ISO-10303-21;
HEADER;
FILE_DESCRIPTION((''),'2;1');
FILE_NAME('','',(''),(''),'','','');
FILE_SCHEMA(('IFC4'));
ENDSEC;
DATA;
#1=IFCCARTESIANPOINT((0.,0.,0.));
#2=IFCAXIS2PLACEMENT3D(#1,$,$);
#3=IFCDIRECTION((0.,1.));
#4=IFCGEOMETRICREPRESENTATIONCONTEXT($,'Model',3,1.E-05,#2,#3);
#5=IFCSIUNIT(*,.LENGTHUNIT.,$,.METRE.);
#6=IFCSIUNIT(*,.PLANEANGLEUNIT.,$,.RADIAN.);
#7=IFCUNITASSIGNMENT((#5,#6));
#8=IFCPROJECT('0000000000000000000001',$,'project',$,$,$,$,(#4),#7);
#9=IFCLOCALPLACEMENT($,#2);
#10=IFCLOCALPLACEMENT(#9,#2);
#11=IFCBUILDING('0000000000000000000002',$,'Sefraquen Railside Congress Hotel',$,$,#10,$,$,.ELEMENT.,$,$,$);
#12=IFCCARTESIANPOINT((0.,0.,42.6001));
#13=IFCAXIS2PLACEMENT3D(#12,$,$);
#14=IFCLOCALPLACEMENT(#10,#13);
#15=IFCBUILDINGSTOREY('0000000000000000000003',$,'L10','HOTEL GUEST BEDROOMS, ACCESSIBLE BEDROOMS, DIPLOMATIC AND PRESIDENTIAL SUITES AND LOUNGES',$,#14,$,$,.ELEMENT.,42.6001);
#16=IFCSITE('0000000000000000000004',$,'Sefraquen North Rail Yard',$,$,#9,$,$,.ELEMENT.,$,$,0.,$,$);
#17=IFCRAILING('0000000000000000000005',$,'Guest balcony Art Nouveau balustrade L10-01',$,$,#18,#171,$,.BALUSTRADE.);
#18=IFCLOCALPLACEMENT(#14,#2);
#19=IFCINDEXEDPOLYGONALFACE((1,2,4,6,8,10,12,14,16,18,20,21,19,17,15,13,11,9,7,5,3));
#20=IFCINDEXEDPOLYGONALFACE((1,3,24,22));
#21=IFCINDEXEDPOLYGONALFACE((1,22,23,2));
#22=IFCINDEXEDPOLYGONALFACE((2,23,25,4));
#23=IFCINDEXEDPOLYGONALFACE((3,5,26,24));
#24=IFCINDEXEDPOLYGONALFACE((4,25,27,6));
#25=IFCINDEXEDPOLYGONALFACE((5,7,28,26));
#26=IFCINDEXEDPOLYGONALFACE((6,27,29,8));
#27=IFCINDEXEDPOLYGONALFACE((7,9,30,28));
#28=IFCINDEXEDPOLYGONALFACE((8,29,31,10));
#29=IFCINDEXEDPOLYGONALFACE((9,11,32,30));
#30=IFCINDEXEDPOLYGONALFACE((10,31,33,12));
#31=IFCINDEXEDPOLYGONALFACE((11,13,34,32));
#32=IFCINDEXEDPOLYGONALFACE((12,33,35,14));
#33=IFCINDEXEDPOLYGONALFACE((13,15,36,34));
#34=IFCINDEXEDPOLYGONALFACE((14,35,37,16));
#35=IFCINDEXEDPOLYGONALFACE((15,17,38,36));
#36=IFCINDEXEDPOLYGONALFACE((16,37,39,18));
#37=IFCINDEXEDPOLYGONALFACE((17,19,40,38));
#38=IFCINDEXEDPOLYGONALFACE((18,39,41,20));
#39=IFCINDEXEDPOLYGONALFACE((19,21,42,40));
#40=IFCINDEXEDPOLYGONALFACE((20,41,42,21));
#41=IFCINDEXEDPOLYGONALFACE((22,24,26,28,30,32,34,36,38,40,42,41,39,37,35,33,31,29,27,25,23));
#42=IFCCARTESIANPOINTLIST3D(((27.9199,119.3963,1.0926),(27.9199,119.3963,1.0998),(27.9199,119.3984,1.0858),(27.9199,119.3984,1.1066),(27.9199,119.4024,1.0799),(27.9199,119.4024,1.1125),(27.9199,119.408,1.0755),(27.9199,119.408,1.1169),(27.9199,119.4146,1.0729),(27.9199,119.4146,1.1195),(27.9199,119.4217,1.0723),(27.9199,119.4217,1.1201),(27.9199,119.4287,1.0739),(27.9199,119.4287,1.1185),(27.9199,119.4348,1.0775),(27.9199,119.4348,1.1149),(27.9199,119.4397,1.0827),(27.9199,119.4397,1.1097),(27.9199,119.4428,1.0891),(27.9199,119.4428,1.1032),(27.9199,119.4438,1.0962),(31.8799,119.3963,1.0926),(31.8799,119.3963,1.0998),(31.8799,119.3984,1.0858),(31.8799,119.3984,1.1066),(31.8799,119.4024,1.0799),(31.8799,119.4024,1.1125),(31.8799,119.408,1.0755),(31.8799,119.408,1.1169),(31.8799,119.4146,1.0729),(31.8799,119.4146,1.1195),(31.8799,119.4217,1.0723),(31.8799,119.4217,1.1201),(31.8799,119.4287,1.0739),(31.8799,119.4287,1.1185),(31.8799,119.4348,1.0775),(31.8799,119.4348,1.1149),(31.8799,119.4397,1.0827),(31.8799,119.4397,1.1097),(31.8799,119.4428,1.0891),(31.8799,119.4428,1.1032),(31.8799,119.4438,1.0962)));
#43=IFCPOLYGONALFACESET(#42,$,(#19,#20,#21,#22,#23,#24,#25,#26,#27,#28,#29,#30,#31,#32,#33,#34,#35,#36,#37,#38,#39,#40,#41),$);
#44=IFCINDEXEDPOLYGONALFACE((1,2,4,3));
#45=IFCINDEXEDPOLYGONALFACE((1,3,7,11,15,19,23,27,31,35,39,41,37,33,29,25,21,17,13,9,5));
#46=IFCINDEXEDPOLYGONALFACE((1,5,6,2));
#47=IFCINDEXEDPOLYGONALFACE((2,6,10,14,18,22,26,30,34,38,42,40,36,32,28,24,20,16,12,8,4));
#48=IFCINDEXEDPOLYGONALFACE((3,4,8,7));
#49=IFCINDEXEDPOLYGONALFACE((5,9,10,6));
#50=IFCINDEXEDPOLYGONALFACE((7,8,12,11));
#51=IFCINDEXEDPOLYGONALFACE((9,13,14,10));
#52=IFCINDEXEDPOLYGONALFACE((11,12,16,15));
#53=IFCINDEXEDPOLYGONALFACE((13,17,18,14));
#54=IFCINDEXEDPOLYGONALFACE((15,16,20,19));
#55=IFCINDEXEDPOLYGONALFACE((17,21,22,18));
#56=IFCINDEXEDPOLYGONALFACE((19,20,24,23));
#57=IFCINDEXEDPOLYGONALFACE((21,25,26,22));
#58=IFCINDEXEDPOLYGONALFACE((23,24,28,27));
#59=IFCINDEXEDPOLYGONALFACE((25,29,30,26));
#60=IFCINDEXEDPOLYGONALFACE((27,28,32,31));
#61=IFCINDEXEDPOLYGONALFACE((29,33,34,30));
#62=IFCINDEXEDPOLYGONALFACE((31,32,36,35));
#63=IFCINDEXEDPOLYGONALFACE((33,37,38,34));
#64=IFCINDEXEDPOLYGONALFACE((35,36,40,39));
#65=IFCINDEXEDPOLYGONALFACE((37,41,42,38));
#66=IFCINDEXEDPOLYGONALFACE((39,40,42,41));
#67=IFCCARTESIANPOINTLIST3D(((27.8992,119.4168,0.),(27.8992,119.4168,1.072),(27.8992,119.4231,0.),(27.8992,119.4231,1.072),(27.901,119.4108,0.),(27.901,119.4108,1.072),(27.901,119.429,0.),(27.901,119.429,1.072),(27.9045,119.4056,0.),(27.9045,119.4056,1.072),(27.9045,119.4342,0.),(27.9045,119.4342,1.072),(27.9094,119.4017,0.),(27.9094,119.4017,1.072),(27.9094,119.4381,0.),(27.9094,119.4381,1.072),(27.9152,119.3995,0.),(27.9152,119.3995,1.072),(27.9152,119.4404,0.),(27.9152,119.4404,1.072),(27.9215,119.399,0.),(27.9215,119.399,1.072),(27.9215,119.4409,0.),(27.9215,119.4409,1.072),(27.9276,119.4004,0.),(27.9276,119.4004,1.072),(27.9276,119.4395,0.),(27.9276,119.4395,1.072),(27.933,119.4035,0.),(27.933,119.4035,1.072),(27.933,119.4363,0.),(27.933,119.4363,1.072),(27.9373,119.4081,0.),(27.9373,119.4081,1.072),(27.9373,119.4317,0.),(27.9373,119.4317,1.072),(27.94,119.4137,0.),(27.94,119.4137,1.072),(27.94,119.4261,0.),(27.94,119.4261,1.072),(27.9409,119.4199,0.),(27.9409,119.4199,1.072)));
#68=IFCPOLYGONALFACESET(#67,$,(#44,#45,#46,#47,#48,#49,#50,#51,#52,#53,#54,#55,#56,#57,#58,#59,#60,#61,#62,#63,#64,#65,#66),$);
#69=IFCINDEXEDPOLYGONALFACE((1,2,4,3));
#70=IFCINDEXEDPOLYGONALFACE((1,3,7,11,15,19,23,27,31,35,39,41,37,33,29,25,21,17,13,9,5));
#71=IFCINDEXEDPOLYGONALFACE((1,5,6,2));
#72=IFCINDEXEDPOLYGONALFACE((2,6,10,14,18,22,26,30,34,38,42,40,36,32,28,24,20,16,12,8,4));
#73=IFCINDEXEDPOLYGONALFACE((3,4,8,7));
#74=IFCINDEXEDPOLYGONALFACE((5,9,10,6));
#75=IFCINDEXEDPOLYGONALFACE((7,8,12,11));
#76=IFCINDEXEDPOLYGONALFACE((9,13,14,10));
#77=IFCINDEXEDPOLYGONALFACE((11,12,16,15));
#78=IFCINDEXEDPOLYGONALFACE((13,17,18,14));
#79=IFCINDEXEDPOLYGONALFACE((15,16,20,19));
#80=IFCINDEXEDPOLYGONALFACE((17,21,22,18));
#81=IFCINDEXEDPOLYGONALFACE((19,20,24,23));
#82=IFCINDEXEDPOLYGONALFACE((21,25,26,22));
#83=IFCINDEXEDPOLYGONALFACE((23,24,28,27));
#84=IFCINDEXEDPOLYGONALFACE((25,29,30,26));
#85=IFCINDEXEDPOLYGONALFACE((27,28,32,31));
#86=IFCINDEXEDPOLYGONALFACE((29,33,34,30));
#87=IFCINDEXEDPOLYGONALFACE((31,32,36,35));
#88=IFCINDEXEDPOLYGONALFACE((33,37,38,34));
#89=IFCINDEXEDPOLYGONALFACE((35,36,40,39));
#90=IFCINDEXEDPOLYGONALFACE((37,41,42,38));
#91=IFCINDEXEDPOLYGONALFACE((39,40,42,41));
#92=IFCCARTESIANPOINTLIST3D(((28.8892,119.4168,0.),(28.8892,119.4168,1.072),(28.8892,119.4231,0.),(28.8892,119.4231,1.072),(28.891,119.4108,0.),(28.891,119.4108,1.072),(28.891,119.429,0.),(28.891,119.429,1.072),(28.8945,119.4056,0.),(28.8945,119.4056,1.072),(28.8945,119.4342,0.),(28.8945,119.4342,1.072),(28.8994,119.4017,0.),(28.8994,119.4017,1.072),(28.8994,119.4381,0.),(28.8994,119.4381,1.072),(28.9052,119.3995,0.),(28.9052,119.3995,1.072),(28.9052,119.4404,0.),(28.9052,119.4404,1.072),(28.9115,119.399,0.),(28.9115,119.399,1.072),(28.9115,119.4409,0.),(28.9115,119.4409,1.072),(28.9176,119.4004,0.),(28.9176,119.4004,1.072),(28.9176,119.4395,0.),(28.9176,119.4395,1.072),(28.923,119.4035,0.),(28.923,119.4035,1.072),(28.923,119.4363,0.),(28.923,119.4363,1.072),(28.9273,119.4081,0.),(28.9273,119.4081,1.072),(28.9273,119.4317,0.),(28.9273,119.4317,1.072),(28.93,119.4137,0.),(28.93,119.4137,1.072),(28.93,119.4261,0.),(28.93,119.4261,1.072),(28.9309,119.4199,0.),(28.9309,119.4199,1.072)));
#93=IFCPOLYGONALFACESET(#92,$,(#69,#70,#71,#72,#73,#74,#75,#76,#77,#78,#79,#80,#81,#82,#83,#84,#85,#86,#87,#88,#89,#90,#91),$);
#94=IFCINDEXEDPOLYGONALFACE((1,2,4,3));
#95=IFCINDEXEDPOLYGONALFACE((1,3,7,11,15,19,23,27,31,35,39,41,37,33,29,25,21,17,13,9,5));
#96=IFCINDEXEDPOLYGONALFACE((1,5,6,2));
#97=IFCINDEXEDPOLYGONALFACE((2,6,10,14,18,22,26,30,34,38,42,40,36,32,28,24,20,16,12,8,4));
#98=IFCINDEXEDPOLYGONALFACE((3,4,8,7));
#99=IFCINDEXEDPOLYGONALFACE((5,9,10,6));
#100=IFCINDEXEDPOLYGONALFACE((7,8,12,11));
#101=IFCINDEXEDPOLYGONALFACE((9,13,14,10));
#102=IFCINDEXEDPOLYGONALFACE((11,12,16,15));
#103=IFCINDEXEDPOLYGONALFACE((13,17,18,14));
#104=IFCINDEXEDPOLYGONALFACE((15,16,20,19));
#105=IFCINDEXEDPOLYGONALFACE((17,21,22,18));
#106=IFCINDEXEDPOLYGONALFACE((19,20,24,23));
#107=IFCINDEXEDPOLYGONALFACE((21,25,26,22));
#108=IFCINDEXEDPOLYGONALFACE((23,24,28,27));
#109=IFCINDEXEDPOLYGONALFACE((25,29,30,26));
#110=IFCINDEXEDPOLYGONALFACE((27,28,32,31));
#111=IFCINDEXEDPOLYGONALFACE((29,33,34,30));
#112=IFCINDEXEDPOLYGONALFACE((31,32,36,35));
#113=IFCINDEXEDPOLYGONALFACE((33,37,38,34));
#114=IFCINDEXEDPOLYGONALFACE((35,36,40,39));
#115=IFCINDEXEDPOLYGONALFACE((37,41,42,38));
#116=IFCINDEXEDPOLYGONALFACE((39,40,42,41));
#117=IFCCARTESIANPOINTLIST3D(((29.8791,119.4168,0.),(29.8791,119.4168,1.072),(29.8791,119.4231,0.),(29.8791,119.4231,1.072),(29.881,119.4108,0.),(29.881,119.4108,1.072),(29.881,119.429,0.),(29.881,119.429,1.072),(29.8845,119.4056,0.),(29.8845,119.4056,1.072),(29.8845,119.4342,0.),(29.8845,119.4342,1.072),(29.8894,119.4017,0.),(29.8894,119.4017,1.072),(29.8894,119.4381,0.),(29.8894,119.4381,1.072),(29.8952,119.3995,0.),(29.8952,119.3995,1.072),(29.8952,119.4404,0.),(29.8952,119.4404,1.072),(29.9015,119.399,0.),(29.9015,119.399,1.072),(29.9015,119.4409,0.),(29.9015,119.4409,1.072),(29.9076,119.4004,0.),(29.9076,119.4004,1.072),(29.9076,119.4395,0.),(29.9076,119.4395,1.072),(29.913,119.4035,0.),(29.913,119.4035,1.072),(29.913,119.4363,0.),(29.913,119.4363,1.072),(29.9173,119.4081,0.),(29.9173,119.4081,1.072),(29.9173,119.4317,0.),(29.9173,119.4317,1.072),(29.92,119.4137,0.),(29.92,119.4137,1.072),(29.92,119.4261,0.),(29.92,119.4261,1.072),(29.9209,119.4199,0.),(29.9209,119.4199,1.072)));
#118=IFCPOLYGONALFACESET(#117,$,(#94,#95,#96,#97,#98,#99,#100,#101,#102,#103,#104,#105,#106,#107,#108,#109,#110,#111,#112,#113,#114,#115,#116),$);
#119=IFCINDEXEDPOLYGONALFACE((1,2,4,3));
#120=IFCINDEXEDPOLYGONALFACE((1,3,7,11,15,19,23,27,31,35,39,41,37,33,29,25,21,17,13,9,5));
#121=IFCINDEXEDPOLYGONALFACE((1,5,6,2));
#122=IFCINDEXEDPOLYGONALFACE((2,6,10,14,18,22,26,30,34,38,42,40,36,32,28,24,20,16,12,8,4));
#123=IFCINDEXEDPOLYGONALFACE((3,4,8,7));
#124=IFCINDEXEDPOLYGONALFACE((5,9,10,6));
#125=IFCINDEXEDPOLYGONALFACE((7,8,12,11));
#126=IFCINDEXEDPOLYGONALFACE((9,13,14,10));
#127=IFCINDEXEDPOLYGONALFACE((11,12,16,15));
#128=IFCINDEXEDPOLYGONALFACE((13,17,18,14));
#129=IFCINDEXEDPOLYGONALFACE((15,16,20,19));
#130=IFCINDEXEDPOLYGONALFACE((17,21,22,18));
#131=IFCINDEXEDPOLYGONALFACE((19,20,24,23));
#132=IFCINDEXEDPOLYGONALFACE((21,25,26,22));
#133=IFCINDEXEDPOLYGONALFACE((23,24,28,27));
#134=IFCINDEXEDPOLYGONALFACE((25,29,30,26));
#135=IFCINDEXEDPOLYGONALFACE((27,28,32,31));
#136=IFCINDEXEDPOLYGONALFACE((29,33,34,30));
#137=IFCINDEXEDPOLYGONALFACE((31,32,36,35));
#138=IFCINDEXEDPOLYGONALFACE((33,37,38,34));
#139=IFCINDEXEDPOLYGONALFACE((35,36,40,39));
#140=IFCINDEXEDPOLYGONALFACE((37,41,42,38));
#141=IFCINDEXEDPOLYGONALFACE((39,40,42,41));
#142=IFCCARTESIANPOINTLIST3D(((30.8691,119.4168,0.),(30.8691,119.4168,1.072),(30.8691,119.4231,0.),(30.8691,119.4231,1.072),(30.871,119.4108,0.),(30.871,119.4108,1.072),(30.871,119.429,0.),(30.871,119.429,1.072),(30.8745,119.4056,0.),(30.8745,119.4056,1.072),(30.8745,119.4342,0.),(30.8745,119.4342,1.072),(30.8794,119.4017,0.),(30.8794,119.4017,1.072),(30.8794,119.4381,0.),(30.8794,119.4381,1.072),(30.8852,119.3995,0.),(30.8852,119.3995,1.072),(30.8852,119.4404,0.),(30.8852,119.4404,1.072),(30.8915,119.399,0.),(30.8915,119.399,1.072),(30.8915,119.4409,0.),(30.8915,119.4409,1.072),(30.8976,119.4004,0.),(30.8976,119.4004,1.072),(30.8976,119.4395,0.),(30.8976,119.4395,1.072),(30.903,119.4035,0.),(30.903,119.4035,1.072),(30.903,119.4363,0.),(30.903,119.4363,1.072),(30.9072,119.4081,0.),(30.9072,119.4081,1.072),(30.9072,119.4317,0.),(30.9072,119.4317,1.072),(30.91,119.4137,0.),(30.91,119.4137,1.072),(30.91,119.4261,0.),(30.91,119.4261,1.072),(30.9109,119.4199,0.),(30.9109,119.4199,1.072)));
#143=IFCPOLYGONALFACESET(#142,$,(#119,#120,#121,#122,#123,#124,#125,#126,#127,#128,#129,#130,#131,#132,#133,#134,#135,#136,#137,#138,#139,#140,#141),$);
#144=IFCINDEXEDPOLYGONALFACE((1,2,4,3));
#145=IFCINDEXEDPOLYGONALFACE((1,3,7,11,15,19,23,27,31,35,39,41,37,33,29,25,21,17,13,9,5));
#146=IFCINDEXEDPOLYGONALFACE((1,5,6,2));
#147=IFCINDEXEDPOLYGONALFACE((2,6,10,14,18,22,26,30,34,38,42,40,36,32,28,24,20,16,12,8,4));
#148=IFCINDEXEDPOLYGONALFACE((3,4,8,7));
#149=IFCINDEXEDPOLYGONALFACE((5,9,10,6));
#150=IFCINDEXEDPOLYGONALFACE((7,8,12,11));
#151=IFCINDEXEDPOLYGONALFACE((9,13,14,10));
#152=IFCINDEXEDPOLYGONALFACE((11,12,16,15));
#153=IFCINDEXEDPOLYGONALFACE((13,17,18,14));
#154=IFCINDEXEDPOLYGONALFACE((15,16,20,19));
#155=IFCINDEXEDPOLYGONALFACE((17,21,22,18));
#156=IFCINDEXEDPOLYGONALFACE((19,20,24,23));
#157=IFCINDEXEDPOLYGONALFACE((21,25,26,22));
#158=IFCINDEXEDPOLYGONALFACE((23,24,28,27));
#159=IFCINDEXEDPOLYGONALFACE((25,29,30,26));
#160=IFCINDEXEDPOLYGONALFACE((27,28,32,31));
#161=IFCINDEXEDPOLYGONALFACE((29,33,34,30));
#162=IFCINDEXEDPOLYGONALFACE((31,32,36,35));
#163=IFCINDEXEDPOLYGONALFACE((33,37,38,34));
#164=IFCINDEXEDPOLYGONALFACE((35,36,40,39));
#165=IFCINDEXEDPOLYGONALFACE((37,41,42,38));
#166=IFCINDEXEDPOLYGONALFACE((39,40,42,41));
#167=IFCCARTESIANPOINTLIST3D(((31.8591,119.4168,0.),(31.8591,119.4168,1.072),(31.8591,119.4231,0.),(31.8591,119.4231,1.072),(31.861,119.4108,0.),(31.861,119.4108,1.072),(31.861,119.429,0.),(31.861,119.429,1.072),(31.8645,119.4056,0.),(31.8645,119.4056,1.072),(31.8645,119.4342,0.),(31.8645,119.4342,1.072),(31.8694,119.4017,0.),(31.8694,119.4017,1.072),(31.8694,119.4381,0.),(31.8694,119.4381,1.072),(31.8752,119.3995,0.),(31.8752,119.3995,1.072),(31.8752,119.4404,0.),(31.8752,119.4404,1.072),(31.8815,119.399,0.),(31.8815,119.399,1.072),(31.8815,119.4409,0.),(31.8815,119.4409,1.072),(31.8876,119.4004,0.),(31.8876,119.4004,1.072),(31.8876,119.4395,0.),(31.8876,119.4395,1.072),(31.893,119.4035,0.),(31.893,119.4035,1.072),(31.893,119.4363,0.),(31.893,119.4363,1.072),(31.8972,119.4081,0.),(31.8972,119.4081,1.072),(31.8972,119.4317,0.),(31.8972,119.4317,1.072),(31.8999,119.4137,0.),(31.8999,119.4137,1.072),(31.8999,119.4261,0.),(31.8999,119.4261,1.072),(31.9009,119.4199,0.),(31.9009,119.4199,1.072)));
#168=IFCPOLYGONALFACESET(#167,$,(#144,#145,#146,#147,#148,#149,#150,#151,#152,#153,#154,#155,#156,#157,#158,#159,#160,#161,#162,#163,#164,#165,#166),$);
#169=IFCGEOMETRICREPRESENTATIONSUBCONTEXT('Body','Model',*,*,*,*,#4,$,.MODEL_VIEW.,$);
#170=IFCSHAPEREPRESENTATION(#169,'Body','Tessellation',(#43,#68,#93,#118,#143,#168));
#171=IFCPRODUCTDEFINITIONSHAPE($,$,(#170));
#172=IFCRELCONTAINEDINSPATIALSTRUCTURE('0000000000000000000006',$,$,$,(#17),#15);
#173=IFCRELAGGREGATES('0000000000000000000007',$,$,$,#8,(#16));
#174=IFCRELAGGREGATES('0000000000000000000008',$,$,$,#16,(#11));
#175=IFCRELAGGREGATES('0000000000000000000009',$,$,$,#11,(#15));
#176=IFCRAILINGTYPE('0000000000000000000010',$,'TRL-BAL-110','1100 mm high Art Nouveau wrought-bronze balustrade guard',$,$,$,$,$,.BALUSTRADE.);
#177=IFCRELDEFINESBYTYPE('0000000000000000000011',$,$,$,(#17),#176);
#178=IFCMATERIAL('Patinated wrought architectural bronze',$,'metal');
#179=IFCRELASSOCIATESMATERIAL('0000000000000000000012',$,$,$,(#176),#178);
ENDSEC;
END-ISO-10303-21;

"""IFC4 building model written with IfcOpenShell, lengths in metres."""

from ifc_helpers import new_model, si_unit, direction, frame, origin, origin_2d, place, context, subcontext, project, spatial, circle, extrude, material, type_object, element, save


model = new_model("IFC4")

# Units and contexts
model_context = context("Model", 3, precision=1e-05, world=origin(), true_north=direction((0.0, 1.0)))
body_context = subcontext(model_context, "Body", "Model", "MODEL_VIEW")
ifc_project = project(units=[si_unit("LENGTHUNIT", "METRE"), si_unit("PLANEANGLEUNIT", "RADIAN")], contexts=[model_context])

# Site, building, storey
site_placement = place(None, origin())
site = spatial("IfcSite", under=ifc_project, at=site_placement, Name="Sefraquen North Rail Yard", CompositionType="ELEMENT", RefElevation=0.0)
building_placement = place(site_placement, origin())
building = spatial("IfcBuilding", under=site, at=building_placement, Name="Sefraquen Railside Congress Hotel", CompositionType="ELEMENT")
storey_placement = place(building_placement, frame((0.0, 0.0, 42.6001)))
storey = spatial("IfcBuildingStorey", under=building, at=storey_placement, Name="L10", Description="HOTEL GUEST BEDROOMS, ACCESSIBLE BEDROOMS, DIPLOMATIC AND PRESIDENTIAL SUITES AND LOUNGES", CompositionType="ELEMENT", Elevation=42.6001)

# Railing
ifc_material_1 = material(Name="Patinated wrought architectural bronze", Category="metal")
railing_type = type_object("IfcRailingType", Name="TRL-BAL-110", Description="1100 mm high Art Nouveau wrought-bronze balustrade guard", PredefinedType="BALUSTRADE", material=ifc_material_1)
railing_1_placement = place(storey_placement, frame((27.9199, 119.4199, 0.0)))
element("IfcRailing", 1, at=railing_1_placement, inside=storey, type_object=railing_type, Name="Guest balcony Art Nouveau balustrade L10-01", PredefinedType="BALUSTRADE", context=body_context, shape_type="SweptSolid", body=[
    extrude(circle(Radius=0.0239, at=origin_2d()), frame((0.0, 0.0, 1.0962), z_axis=(1.0, 0.0, 0.0), x_axis=(0.0, 1.0, 0.0)), (0.0, 0.0, 1.0), 3.96),
    extrude(circle(Radius=0.021, at=origin_2d()), origin(), (0.0, 0.0, 1.0), 1.072),
    extrude(circle(Radius=0.021, at=origin_2d()), frame((0.99, 0.0, 0.0)), (0.0, 0.0, 1.0), 1.072),
    extrude(circle(Radius=0.021, at=origin_2d()), frame((1.98, 0.0, 0.0)), (0.0, 0.0, 1.0), 1.072),
    extrude(circle(Radius=0.021, at=origin_2d()), frame((2.97, 0.0, 0.0)), (0.0, 0.0, 1.0), 1.072),
    extrude(circle(Radius=0.021, at=origin_2d()), frame((3.96, 0.0, 0.0)), (0.0, 0.0, 1.0), 1.072),
])

save(model, "model.ifc")
